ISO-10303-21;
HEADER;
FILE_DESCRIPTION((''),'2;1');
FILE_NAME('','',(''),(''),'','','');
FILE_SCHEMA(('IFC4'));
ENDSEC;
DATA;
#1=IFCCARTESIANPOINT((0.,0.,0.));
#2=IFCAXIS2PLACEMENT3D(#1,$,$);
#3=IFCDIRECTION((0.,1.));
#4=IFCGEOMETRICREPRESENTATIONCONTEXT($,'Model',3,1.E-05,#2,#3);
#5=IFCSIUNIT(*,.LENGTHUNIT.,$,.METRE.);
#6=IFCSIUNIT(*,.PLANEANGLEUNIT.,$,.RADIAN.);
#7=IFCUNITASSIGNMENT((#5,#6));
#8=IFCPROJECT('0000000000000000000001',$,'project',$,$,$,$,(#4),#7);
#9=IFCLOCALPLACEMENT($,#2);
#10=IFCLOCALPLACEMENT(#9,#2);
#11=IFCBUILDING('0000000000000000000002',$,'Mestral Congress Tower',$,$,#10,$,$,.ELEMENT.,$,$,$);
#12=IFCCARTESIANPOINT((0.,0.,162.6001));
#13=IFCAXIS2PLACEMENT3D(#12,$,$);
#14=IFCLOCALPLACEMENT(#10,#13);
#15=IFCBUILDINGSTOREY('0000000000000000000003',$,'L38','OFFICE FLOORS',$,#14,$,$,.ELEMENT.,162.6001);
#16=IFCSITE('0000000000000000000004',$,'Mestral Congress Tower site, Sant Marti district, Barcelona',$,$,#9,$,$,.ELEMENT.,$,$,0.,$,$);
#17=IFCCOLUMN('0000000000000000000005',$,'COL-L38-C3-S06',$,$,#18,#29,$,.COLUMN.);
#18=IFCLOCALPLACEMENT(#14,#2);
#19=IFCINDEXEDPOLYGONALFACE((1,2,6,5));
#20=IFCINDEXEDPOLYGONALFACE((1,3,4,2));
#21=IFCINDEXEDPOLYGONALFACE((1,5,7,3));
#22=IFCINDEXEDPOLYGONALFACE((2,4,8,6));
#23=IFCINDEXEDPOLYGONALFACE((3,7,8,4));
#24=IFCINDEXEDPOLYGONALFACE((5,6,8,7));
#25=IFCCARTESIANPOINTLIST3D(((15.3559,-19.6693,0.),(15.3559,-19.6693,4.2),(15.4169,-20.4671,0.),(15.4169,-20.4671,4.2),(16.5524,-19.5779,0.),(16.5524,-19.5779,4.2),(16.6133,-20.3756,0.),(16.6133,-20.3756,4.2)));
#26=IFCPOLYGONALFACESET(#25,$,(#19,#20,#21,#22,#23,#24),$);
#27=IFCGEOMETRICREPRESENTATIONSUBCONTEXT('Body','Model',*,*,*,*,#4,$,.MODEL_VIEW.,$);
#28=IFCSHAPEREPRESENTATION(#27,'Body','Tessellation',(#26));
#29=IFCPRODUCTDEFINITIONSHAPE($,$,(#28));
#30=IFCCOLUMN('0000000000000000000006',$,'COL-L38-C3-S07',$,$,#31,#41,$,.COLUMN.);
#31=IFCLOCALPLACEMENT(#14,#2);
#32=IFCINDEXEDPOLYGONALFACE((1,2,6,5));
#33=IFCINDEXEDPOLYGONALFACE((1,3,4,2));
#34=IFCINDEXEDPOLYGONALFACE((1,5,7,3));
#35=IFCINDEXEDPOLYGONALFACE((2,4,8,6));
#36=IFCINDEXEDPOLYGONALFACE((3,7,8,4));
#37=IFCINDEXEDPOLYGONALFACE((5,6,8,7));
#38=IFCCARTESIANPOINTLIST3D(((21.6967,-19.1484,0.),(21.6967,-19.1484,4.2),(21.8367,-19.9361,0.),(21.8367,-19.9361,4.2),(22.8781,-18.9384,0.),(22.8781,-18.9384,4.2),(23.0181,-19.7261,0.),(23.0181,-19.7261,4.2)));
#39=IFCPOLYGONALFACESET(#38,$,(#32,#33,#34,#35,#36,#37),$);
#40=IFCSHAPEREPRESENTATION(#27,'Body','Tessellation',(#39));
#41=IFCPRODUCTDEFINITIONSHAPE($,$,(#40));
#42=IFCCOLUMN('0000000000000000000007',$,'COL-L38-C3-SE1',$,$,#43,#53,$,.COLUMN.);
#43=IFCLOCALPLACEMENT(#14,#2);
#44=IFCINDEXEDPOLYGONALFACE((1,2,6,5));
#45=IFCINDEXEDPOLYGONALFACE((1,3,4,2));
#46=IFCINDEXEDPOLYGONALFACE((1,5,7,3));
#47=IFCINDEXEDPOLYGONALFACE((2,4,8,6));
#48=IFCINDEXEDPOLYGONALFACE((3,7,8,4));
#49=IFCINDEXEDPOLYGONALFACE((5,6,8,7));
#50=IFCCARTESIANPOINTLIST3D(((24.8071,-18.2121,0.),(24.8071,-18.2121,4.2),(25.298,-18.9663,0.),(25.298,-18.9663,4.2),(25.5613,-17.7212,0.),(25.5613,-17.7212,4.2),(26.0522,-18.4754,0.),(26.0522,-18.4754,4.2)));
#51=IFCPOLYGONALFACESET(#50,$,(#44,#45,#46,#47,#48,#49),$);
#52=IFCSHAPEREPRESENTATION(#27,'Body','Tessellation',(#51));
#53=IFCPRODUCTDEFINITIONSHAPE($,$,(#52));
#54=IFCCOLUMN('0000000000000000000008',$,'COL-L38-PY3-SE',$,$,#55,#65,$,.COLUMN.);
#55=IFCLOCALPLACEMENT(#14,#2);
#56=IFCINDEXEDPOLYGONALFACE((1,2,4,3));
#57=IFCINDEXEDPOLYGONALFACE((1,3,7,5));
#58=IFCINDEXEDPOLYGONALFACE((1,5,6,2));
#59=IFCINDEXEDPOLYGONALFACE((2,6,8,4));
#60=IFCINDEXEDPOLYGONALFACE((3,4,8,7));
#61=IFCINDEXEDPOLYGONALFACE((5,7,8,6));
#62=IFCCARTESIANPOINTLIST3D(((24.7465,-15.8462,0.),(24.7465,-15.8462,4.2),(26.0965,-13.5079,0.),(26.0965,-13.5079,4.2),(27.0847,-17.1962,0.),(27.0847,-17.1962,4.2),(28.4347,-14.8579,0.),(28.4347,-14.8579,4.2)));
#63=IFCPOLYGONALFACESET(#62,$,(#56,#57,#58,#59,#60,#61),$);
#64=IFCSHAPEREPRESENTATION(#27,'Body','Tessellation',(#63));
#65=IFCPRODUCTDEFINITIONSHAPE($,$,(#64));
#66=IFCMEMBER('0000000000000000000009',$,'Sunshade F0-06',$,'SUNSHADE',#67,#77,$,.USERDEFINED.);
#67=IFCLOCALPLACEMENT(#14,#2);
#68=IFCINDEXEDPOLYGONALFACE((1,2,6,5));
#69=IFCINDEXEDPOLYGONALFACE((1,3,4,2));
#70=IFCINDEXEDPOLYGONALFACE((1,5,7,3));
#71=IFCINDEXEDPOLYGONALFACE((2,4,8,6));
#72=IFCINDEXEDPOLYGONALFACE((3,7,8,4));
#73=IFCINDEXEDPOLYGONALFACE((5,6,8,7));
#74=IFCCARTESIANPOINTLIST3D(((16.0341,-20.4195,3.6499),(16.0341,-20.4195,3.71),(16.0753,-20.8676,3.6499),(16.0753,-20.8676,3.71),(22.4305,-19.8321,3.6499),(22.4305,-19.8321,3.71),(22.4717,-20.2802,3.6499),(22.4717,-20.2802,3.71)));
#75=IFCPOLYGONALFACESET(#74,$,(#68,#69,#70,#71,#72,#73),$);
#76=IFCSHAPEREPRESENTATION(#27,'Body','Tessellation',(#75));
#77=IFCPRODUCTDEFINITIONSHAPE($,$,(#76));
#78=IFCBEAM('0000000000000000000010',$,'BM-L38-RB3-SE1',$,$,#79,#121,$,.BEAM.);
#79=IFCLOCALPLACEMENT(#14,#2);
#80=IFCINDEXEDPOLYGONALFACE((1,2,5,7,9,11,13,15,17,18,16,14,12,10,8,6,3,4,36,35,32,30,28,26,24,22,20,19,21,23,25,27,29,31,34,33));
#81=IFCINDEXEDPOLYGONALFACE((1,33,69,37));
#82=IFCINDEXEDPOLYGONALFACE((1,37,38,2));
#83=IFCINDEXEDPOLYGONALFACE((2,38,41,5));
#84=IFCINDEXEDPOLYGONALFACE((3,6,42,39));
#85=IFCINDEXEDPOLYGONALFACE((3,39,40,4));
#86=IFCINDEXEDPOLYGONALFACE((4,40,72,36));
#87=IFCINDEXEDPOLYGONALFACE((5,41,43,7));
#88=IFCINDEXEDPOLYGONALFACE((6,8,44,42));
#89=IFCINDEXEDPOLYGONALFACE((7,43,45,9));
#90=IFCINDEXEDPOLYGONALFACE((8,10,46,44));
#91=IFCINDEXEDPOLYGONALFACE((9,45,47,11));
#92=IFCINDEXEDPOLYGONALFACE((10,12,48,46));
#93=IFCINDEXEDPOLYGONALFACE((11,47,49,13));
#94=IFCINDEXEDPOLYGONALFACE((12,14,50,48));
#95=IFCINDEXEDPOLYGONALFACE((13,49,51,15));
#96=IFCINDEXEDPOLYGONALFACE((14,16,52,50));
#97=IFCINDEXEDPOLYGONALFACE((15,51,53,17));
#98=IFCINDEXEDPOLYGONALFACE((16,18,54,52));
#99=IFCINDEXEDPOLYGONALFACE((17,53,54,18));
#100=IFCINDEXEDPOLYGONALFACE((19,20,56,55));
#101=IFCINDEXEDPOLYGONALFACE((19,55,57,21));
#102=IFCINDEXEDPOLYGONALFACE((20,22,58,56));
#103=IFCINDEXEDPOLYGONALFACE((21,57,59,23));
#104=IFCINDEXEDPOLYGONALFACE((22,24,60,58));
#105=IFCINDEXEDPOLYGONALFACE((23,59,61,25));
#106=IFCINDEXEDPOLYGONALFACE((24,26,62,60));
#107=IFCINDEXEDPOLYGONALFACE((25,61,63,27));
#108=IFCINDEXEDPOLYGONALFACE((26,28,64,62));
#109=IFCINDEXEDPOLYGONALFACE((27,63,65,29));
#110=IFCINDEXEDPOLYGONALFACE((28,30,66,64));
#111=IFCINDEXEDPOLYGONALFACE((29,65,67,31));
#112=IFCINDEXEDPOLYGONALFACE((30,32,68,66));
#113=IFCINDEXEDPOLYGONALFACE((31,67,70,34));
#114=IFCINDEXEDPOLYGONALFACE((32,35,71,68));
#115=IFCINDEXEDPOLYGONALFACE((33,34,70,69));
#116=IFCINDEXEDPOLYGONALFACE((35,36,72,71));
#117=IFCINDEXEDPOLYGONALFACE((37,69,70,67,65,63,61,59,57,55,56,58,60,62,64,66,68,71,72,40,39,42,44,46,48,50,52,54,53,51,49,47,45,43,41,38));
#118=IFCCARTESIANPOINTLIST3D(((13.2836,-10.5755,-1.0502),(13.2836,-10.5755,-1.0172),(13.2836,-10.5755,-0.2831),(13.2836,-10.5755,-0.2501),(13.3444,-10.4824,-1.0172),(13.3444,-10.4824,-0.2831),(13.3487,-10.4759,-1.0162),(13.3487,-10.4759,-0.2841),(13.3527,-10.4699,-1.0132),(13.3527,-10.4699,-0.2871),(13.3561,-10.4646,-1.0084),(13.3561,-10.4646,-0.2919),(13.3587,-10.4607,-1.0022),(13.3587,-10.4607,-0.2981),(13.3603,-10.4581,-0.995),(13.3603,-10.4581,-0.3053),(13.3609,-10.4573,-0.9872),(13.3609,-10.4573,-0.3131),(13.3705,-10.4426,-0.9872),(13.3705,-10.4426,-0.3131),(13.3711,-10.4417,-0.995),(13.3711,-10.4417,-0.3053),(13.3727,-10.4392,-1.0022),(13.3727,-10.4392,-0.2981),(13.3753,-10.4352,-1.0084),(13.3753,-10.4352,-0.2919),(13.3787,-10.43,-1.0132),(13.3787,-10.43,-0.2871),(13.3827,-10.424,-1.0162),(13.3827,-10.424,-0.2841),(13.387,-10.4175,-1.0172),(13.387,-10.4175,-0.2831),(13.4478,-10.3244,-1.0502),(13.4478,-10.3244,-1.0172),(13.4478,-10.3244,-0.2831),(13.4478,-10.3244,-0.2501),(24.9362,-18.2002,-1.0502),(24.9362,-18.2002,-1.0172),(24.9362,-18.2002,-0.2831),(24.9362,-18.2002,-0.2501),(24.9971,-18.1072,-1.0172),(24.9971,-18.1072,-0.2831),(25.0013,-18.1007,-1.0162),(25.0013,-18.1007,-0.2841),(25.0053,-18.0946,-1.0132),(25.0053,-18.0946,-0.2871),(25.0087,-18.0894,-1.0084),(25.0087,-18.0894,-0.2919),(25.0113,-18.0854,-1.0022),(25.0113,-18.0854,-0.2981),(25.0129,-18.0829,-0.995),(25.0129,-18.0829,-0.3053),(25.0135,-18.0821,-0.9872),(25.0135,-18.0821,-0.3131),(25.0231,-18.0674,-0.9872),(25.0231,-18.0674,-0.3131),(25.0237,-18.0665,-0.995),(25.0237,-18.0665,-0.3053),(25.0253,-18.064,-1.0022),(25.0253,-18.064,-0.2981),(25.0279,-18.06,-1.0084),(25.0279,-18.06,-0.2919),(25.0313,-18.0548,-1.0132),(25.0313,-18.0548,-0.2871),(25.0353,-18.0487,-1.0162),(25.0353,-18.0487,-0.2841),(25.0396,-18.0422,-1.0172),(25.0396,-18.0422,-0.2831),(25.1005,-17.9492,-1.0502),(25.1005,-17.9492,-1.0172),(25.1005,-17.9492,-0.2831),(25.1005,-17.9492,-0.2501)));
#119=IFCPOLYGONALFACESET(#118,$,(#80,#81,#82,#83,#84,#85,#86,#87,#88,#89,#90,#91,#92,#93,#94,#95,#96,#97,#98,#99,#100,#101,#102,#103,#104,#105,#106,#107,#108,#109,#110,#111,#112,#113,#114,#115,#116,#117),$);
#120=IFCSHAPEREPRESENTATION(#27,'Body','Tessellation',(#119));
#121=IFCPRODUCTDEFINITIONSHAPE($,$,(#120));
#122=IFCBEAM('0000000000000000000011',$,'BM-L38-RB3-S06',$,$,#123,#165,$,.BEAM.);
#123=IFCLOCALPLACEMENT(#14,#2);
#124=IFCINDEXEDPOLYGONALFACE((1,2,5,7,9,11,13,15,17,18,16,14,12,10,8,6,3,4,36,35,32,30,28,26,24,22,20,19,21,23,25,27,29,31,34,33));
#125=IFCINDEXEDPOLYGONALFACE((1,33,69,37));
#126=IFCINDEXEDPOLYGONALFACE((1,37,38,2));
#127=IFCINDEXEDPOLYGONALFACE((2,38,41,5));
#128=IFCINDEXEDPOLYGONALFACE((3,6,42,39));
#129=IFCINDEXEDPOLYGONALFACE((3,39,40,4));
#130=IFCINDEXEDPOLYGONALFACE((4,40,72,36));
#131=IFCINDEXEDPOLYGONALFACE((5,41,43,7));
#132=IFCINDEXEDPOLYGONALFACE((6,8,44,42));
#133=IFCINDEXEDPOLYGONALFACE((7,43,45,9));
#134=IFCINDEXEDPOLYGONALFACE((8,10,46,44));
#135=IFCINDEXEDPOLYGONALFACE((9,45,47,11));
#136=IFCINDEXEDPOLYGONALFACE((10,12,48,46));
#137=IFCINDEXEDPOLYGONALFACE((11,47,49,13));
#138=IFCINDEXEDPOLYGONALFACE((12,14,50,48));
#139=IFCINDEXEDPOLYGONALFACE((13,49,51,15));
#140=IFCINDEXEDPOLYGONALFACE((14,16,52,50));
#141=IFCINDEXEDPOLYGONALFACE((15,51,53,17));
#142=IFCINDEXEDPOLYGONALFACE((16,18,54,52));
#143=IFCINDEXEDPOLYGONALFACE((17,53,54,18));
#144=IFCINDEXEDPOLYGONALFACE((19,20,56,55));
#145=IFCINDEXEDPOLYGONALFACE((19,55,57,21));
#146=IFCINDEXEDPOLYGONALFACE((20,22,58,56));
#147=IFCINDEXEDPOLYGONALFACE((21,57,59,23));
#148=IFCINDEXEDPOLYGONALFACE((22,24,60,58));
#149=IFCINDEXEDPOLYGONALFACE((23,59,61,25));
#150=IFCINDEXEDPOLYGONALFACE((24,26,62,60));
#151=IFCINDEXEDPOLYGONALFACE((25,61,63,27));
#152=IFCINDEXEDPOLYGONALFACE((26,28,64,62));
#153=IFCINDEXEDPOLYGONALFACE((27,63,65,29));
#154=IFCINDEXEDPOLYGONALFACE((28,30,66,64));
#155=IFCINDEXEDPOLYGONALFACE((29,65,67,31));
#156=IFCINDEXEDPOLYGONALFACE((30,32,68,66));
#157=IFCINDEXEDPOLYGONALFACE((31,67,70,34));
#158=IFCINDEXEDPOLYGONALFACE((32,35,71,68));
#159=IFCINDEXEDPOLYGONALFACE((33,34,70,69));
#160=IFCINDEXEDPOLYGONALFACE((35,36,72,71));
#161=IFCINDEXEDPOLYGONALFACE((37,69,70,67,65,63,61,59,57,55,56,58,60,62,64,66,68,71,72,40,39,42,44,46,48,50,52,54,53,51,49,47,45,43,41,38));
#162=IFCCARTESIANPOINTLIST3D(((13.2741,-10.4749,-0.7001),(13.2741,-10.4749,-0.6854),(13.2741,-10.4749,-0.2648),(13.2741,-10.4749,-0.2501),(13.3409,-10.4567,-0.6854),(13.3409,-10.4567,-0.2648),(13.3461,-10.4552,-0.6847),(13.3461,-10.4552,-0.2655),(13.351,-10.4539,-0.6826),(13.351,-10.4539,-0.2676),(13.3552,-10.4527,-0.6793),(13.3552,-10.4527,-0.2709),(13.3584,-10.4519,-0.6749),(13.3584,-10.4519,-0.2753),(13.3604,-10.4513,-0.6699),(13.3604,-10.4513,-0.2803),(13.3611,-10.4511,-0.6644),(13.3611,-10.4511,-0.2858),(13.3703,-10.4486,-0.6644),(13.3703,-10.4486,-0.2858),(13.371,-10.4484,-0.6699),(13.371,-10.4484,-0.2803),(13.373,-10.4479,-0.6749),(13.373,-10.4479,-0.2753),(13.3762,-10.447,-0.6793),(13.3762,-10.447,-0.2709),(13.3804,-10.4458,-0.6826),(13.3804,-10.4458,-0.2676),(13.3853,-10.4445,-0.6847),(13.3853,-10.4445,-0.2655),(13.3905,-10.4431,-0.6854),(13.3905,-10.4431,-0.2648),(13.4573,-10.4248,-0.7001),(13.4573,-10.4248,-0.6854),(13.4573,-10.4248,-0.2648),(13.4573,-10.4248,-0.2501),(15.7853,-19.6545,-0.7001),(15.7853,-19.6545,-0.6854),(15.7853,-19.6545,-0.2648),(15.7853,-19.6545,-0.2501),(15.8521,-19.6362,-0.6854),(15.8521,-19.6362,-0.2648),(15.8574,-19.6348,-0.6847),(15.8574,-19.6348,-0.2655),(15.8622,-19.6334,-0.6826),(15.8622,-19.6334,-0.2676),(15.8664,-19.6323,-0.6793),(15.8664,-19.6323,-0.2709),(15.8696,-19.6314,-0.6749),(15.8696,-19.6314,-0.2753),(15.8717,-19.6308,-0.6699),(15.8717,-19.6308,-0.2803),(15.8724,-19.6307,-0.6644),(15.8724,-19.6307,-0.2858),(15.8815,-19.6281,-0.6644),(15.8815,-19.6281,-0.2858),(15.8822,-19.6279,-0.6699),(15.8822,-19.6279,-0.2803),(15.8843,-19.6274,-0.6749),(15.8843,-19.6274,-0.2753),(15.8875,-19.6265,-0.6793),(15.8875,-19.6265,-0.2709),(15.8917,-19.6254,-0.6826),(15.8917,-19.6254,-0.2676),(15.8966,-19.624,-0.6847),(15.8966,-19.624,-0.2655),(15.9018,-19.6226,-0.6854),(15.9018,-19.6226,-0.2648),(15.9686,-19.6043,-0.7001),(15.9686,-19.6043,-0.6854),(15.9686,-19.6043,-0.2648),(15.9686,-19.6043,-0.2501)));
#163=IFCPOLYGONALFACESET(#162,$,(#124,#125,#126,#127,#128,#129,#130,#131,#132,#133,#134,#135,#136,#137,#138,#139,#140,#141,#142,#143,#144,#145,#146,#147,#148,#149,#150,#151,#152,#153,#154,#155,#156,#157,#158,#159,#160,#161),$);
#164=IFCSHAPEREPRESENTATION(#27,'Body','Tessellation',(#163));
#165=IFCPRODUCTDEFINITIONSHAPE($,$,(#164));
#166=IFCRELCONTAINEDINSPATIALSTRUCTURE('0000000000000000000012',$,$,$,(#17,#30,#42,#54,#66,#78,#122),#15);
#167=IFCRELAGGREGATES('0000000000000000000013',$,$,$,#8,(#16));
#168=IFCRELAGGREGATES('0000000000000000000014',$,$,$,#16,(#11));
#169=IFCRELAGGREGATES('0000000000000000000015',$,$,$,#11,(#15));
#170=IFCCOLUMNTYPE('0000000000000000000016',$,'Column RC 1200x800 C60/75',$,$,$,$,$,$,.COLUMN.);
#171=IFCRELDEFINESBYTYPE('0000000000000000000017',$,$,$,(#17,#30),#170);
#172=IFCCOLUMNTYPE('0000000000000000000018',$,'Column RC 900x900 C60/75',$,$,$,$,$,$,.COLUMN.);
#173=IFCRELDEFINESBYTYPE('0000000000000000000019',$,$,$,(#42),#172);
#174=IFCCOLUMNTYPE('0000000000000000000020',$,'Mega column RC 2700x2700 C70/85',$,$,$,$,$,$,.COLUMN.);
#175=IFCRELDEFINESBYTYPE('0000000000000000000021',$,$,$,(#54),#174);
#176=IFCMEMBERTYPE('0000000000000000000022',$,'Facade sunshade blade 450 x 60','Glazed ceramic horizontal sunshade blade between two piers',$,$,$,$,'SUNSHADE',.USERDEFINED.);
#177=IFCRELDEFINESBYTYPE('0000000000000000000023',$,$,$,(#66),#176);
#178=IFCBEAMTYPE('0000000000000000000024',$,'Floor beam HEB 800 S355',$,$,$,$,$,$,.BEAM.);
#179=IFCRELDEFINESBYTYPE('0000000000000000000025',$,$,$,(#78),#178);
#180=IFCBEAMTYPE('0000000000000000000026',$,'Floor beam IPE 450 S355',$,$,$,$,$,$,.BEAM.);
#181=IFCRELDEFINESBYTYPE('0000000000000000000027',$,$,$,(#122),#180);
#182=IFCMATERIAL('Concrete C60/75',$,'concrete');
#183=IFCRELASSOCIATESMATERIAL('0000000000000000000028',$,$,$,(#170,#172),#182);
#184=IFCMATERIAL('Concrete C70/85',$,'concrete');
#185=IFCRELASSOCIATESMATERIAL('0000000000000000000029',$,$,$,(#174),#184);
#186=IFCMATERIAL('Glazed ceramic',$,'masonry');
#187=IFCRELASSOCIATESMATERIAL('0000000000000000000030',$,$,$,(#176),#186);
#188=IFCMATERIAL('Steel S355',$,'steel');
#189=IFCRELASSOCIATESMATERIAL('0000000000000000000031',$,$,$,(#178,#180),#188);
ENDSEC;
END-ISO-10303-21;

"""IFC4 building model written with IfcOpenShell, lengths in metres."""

from ifc_helpers import new_model, si_unit, direction, frame, origin, origin_2d, place, context, subcontext, project, spatial, rectangle, i_section, extrude, material, material_profile, profile_set, type_object, element, save


model = new_model("IFC4")

# Units and contexts
model_context = context("Model", 3, precision=1e-05, world=origin(), true_north=direction((0.0, 1.0)))
body_context = subcontext(model_context, "Body", "Model", "MODEL_VIEW")
ifc_project = project(units=[si_unit("LENGTHUNIT", "METRE"), si_unit("PLANEANGLEUNIT", "RADIAN")], contexts=[model_context])

# Site, building, storey
site_placement = place(None, origin())
site = spatial("IfcSite", under=ifc_project, at=site_placement, Name="Mestral Congress Tower site, Sant Marti district, Barcelona", CompositionType="ELEMENT", RefElevation=0.0)
building_placement = place(site_placement, origin())
building = spatial("IfcBuilding", under=site, at=building_placement, Name="Mestral Congress Tower", CompositionType="ELEMENT")
storey_placement = place(building_placement, frame((0.0, 0.0, 162.6001)))
storey = spatial("IfcBuildingStorey", under=building, at=storey_placement, Name="L38", Description="OFFICE FLOORS", CompositionType="ELEMENT", Elevation=162.6001)

# Columns
ifc_material_1 = material(Name="Concrete C60/75", Category="concrete")
ifc_material_profile_1 = material_profile(ifc_material_1, rectangle(XDim=1.2, YDim=0.8, at=origin_2d()), Name="RC 1200x800")
ifc_profile_set_1 = profile_set([ifc_material_profile_1], Name="Concrete C60/75")
column_type_1 = type_object("IfcColumnType", Name="Column RC 1200x800 C60/75", PredefinedType="COLUMN", material=ifc_profile_set_1)
for number, where, z_axis, x_axis, name in (
    (1, (15.9846, -20.0225, 0.0), (0.0, 0.0, 1.0), (0.99709, 0.076237, 0.0), "COL-L38-C3-S06"),
    (2, (22.3574, -19.4373, 0.0), (0.0, 0.0, 1.0), (0.984571, 0.174985, 0.0), "COL-L38-C3-S07"),
):
    element("IfcColumn", number, at=place(storey_placement, frame(where, z_axis=z_axis, x_axis=x_axis)), inside=storey, type_object=column_type_1, Name=name, PredefinedType="COLUMN", context=body_context, shape_type="SweptSolid", body=[
        extrude(rectangle(XDim=1.2, YDim=0.8, at=origin_2d()), origin(), (0.0, 0.0, 1.0), 4.2),
    ])
ifc_material_profile_2 = material_profile(ifc_material_1, rectangle(XDim=0.8999, YDim=0.8999, at=origin_2d()), Name="RC 900x900")
ifc_profile_set_2 = profile_set([ifc_material_profile_2], Name="Concrete C60/75")
column_type_2 = type_object("IfcColumnType", Name="Column RC 900x900 C60/75", PredefinedType="COLUMN", material=ifc_profile_set_2)
column_1_placement = place(storey_placement, frame((25.4297, -18.3438, 0.0), z_axis=(0.0, 0.0, 1.0), x_axis=(0.838094, 0.545526, 0.0)))
element("IfcColumn", 3, at=column_1_placement, inside=storey, type_object=column_type_2, Name="COL-L38-C3-SE1", PredefinedType="COLUMN", context=body_context, shape_type="SweptSolid", body=[
    extrude(rectangle(XDim=0.8999, YDim=0.8999, at=origin_2d()), origin(), (0.0, 0.0, 1.0), 4.2),
])
ifc_material_2 = material(Name="Concrete C70/85", Category="concrete")
ifc_material_profile_3 = material_profile(ifc_material_2, rectangle(XDim=2.7, YDim=2.7, at=origin_2d()), Name="RC 2700x2700")
ifc_profile_set_3 = profile_set([ifc_material_profile_3], Name="Concrete C70/85")
column_type_3 = type_object("IfcColumnType", Name="Mega column RC 2700x2700 C70/85", PredefinedType="COLUMN", material=ifc_profile_set_3)
column_2_placement = place(storey_placement, frame((26.5906, -15.3521, 0.0), z_axis=(0.0, 0.0, 1.0), x_axis=(0.866025, -0.5, 0.0)))
element("IfcColumn", 4, at=column_2_placement, inside=storey, type_object=column_type_3, Name="COL-L38-PY3-SE", PredefinedType="COLUMN", context=body_context, shape_type="SweptSolid", body=[
    extrude(rectangle(XDim=2.7, YDim=2.7, at=origin_2d()), origin(), (0.0, 0.0, 1.0), 4.2),
])

# Member
ifc_material_3 = material(Name="Glazed ceramic", Category="masonry")
ifc_material_profile_4 = material_profile(ifc_material_3, rectangle(XDim=0.45, YDim=0.0601, at=origin_2d()), Name="Ceramic blade 450 x 60")
ifc_profile_set_4 = profile_set([ifc_material_profile_4], Name="Glazed ceramic")
member_type = type_object("IfcMemberType", Name="Facade sunshade blade 450 x 60", Description="Glazed ceramic horizontal sunshade blade between two piers", ElementType="SUNSHADE", PredefinedType="USERDEFINED", material=ifc_profile_set_4)
member_placement = place(storey_placement, frame((16.0547, -20.6436, 3.6799), z_axis=(0.99581, 0.091447, 0.0), x_axis=(-0.091447, 0.99581, 0.0)))
element("IfcMember", 5, at=member_placement, inside=storey, type_object=member_type, Name="Sunshade F0-06", ObjectType="SUNSHADE", PredefinedType="USERDEFINED", context=body_context, shape_type="SweptSolid", body=[
    extrude(rectangle(XDim=0.45, YDim=0.0601, at=origin_2d()), origin(), (0.0, 0.0, 1.0), 6.4233),
])

# Beams
ifc_material_4 = material(Name="Steel S355", Category="steel")
ifc_material_profile_5 = material_profile(ifc_material_4, i_section(OverallWidth=0.3, OverallDepth=0.8, WebThickness=0.0176, FlangeThickness=0.033, FilletRadius=0.03, at=origin_2d()), Name="HEB 800")
ifc_profile_set_5 = profile_set([ifc_material_profile_5], Name="Steel S355")
beam_type_1 = type_object("IfcBeamType", Name="Floor beam HEB 800 S355", PredefinedType="BEAM", material=ifc_profile_set_5)
beam_1_placement = place(storey_placement, frame((25.0183, -18.0747, -0.6501), z_axis=(-0.83678, 0.547539, 0.0), x_axis=(-0.547539, -0.83678, 0.0)))
element("IfcBeam", 6, at=beam_1_placement, inside=storey, type_object=beam_type_1, Name="BM-L38-RB3-SE1", PredefinedType="BEAM", context=body_context, shape_type="SweptSolid", body=[
    extrude(i_section(OverallWidth=0.3, OverallDepth=0.8, WebThickness=0.0176, FlangeThickness=0.033, FilletRadius=0.03, at=origin_2d()), origin(), (0.0, 0.0, 1.0), 13.9255),
])
ifc_material_profile_6 = material_profile(ifc_material_4, i_section(OverallWidth=0.1899, OverallDepth=0.45, WebThickness=0.0095, FlangeThickness=0.0146, FilletRadius=0.021, at=origin_2d()), Name="IPE 450")
ifc_profile_set_6 = profile_set([ifc_material_profile_6], Name="Steel S355")
beam_type_2 = type_object("IfcBeamType", Name="Floor beam IPE 450 S355", PredefinedType="BEAM", material=ifc_profile_set_6)
beam_2_placement = place(storey_placement, frame((15.877, -19.6294, -0.4751), z_axis=(-0.263875, 0.964557, 0.0), x_axis=(-0.964557, -0.263875, 0.0)))
element("IfcBeam", 7, at=beam_2_placement, inside=storey, type_object=beam_type_2, Name="BM-L38-RB3-S06", PredefinedType="BEAM", context=body_context, shape_type="SweptSolid", body=[
    extrude(i_section(OverallWidth=0.1899, OverallDepth=0.45, WebThickness=0.0095, FlangeThickness=0.0146, FilletRadius=0.021, at=origin_2d()), origin(), (0.0, 0.0, 1.0), 9.5168),
])

save(model, "model.ifc")
